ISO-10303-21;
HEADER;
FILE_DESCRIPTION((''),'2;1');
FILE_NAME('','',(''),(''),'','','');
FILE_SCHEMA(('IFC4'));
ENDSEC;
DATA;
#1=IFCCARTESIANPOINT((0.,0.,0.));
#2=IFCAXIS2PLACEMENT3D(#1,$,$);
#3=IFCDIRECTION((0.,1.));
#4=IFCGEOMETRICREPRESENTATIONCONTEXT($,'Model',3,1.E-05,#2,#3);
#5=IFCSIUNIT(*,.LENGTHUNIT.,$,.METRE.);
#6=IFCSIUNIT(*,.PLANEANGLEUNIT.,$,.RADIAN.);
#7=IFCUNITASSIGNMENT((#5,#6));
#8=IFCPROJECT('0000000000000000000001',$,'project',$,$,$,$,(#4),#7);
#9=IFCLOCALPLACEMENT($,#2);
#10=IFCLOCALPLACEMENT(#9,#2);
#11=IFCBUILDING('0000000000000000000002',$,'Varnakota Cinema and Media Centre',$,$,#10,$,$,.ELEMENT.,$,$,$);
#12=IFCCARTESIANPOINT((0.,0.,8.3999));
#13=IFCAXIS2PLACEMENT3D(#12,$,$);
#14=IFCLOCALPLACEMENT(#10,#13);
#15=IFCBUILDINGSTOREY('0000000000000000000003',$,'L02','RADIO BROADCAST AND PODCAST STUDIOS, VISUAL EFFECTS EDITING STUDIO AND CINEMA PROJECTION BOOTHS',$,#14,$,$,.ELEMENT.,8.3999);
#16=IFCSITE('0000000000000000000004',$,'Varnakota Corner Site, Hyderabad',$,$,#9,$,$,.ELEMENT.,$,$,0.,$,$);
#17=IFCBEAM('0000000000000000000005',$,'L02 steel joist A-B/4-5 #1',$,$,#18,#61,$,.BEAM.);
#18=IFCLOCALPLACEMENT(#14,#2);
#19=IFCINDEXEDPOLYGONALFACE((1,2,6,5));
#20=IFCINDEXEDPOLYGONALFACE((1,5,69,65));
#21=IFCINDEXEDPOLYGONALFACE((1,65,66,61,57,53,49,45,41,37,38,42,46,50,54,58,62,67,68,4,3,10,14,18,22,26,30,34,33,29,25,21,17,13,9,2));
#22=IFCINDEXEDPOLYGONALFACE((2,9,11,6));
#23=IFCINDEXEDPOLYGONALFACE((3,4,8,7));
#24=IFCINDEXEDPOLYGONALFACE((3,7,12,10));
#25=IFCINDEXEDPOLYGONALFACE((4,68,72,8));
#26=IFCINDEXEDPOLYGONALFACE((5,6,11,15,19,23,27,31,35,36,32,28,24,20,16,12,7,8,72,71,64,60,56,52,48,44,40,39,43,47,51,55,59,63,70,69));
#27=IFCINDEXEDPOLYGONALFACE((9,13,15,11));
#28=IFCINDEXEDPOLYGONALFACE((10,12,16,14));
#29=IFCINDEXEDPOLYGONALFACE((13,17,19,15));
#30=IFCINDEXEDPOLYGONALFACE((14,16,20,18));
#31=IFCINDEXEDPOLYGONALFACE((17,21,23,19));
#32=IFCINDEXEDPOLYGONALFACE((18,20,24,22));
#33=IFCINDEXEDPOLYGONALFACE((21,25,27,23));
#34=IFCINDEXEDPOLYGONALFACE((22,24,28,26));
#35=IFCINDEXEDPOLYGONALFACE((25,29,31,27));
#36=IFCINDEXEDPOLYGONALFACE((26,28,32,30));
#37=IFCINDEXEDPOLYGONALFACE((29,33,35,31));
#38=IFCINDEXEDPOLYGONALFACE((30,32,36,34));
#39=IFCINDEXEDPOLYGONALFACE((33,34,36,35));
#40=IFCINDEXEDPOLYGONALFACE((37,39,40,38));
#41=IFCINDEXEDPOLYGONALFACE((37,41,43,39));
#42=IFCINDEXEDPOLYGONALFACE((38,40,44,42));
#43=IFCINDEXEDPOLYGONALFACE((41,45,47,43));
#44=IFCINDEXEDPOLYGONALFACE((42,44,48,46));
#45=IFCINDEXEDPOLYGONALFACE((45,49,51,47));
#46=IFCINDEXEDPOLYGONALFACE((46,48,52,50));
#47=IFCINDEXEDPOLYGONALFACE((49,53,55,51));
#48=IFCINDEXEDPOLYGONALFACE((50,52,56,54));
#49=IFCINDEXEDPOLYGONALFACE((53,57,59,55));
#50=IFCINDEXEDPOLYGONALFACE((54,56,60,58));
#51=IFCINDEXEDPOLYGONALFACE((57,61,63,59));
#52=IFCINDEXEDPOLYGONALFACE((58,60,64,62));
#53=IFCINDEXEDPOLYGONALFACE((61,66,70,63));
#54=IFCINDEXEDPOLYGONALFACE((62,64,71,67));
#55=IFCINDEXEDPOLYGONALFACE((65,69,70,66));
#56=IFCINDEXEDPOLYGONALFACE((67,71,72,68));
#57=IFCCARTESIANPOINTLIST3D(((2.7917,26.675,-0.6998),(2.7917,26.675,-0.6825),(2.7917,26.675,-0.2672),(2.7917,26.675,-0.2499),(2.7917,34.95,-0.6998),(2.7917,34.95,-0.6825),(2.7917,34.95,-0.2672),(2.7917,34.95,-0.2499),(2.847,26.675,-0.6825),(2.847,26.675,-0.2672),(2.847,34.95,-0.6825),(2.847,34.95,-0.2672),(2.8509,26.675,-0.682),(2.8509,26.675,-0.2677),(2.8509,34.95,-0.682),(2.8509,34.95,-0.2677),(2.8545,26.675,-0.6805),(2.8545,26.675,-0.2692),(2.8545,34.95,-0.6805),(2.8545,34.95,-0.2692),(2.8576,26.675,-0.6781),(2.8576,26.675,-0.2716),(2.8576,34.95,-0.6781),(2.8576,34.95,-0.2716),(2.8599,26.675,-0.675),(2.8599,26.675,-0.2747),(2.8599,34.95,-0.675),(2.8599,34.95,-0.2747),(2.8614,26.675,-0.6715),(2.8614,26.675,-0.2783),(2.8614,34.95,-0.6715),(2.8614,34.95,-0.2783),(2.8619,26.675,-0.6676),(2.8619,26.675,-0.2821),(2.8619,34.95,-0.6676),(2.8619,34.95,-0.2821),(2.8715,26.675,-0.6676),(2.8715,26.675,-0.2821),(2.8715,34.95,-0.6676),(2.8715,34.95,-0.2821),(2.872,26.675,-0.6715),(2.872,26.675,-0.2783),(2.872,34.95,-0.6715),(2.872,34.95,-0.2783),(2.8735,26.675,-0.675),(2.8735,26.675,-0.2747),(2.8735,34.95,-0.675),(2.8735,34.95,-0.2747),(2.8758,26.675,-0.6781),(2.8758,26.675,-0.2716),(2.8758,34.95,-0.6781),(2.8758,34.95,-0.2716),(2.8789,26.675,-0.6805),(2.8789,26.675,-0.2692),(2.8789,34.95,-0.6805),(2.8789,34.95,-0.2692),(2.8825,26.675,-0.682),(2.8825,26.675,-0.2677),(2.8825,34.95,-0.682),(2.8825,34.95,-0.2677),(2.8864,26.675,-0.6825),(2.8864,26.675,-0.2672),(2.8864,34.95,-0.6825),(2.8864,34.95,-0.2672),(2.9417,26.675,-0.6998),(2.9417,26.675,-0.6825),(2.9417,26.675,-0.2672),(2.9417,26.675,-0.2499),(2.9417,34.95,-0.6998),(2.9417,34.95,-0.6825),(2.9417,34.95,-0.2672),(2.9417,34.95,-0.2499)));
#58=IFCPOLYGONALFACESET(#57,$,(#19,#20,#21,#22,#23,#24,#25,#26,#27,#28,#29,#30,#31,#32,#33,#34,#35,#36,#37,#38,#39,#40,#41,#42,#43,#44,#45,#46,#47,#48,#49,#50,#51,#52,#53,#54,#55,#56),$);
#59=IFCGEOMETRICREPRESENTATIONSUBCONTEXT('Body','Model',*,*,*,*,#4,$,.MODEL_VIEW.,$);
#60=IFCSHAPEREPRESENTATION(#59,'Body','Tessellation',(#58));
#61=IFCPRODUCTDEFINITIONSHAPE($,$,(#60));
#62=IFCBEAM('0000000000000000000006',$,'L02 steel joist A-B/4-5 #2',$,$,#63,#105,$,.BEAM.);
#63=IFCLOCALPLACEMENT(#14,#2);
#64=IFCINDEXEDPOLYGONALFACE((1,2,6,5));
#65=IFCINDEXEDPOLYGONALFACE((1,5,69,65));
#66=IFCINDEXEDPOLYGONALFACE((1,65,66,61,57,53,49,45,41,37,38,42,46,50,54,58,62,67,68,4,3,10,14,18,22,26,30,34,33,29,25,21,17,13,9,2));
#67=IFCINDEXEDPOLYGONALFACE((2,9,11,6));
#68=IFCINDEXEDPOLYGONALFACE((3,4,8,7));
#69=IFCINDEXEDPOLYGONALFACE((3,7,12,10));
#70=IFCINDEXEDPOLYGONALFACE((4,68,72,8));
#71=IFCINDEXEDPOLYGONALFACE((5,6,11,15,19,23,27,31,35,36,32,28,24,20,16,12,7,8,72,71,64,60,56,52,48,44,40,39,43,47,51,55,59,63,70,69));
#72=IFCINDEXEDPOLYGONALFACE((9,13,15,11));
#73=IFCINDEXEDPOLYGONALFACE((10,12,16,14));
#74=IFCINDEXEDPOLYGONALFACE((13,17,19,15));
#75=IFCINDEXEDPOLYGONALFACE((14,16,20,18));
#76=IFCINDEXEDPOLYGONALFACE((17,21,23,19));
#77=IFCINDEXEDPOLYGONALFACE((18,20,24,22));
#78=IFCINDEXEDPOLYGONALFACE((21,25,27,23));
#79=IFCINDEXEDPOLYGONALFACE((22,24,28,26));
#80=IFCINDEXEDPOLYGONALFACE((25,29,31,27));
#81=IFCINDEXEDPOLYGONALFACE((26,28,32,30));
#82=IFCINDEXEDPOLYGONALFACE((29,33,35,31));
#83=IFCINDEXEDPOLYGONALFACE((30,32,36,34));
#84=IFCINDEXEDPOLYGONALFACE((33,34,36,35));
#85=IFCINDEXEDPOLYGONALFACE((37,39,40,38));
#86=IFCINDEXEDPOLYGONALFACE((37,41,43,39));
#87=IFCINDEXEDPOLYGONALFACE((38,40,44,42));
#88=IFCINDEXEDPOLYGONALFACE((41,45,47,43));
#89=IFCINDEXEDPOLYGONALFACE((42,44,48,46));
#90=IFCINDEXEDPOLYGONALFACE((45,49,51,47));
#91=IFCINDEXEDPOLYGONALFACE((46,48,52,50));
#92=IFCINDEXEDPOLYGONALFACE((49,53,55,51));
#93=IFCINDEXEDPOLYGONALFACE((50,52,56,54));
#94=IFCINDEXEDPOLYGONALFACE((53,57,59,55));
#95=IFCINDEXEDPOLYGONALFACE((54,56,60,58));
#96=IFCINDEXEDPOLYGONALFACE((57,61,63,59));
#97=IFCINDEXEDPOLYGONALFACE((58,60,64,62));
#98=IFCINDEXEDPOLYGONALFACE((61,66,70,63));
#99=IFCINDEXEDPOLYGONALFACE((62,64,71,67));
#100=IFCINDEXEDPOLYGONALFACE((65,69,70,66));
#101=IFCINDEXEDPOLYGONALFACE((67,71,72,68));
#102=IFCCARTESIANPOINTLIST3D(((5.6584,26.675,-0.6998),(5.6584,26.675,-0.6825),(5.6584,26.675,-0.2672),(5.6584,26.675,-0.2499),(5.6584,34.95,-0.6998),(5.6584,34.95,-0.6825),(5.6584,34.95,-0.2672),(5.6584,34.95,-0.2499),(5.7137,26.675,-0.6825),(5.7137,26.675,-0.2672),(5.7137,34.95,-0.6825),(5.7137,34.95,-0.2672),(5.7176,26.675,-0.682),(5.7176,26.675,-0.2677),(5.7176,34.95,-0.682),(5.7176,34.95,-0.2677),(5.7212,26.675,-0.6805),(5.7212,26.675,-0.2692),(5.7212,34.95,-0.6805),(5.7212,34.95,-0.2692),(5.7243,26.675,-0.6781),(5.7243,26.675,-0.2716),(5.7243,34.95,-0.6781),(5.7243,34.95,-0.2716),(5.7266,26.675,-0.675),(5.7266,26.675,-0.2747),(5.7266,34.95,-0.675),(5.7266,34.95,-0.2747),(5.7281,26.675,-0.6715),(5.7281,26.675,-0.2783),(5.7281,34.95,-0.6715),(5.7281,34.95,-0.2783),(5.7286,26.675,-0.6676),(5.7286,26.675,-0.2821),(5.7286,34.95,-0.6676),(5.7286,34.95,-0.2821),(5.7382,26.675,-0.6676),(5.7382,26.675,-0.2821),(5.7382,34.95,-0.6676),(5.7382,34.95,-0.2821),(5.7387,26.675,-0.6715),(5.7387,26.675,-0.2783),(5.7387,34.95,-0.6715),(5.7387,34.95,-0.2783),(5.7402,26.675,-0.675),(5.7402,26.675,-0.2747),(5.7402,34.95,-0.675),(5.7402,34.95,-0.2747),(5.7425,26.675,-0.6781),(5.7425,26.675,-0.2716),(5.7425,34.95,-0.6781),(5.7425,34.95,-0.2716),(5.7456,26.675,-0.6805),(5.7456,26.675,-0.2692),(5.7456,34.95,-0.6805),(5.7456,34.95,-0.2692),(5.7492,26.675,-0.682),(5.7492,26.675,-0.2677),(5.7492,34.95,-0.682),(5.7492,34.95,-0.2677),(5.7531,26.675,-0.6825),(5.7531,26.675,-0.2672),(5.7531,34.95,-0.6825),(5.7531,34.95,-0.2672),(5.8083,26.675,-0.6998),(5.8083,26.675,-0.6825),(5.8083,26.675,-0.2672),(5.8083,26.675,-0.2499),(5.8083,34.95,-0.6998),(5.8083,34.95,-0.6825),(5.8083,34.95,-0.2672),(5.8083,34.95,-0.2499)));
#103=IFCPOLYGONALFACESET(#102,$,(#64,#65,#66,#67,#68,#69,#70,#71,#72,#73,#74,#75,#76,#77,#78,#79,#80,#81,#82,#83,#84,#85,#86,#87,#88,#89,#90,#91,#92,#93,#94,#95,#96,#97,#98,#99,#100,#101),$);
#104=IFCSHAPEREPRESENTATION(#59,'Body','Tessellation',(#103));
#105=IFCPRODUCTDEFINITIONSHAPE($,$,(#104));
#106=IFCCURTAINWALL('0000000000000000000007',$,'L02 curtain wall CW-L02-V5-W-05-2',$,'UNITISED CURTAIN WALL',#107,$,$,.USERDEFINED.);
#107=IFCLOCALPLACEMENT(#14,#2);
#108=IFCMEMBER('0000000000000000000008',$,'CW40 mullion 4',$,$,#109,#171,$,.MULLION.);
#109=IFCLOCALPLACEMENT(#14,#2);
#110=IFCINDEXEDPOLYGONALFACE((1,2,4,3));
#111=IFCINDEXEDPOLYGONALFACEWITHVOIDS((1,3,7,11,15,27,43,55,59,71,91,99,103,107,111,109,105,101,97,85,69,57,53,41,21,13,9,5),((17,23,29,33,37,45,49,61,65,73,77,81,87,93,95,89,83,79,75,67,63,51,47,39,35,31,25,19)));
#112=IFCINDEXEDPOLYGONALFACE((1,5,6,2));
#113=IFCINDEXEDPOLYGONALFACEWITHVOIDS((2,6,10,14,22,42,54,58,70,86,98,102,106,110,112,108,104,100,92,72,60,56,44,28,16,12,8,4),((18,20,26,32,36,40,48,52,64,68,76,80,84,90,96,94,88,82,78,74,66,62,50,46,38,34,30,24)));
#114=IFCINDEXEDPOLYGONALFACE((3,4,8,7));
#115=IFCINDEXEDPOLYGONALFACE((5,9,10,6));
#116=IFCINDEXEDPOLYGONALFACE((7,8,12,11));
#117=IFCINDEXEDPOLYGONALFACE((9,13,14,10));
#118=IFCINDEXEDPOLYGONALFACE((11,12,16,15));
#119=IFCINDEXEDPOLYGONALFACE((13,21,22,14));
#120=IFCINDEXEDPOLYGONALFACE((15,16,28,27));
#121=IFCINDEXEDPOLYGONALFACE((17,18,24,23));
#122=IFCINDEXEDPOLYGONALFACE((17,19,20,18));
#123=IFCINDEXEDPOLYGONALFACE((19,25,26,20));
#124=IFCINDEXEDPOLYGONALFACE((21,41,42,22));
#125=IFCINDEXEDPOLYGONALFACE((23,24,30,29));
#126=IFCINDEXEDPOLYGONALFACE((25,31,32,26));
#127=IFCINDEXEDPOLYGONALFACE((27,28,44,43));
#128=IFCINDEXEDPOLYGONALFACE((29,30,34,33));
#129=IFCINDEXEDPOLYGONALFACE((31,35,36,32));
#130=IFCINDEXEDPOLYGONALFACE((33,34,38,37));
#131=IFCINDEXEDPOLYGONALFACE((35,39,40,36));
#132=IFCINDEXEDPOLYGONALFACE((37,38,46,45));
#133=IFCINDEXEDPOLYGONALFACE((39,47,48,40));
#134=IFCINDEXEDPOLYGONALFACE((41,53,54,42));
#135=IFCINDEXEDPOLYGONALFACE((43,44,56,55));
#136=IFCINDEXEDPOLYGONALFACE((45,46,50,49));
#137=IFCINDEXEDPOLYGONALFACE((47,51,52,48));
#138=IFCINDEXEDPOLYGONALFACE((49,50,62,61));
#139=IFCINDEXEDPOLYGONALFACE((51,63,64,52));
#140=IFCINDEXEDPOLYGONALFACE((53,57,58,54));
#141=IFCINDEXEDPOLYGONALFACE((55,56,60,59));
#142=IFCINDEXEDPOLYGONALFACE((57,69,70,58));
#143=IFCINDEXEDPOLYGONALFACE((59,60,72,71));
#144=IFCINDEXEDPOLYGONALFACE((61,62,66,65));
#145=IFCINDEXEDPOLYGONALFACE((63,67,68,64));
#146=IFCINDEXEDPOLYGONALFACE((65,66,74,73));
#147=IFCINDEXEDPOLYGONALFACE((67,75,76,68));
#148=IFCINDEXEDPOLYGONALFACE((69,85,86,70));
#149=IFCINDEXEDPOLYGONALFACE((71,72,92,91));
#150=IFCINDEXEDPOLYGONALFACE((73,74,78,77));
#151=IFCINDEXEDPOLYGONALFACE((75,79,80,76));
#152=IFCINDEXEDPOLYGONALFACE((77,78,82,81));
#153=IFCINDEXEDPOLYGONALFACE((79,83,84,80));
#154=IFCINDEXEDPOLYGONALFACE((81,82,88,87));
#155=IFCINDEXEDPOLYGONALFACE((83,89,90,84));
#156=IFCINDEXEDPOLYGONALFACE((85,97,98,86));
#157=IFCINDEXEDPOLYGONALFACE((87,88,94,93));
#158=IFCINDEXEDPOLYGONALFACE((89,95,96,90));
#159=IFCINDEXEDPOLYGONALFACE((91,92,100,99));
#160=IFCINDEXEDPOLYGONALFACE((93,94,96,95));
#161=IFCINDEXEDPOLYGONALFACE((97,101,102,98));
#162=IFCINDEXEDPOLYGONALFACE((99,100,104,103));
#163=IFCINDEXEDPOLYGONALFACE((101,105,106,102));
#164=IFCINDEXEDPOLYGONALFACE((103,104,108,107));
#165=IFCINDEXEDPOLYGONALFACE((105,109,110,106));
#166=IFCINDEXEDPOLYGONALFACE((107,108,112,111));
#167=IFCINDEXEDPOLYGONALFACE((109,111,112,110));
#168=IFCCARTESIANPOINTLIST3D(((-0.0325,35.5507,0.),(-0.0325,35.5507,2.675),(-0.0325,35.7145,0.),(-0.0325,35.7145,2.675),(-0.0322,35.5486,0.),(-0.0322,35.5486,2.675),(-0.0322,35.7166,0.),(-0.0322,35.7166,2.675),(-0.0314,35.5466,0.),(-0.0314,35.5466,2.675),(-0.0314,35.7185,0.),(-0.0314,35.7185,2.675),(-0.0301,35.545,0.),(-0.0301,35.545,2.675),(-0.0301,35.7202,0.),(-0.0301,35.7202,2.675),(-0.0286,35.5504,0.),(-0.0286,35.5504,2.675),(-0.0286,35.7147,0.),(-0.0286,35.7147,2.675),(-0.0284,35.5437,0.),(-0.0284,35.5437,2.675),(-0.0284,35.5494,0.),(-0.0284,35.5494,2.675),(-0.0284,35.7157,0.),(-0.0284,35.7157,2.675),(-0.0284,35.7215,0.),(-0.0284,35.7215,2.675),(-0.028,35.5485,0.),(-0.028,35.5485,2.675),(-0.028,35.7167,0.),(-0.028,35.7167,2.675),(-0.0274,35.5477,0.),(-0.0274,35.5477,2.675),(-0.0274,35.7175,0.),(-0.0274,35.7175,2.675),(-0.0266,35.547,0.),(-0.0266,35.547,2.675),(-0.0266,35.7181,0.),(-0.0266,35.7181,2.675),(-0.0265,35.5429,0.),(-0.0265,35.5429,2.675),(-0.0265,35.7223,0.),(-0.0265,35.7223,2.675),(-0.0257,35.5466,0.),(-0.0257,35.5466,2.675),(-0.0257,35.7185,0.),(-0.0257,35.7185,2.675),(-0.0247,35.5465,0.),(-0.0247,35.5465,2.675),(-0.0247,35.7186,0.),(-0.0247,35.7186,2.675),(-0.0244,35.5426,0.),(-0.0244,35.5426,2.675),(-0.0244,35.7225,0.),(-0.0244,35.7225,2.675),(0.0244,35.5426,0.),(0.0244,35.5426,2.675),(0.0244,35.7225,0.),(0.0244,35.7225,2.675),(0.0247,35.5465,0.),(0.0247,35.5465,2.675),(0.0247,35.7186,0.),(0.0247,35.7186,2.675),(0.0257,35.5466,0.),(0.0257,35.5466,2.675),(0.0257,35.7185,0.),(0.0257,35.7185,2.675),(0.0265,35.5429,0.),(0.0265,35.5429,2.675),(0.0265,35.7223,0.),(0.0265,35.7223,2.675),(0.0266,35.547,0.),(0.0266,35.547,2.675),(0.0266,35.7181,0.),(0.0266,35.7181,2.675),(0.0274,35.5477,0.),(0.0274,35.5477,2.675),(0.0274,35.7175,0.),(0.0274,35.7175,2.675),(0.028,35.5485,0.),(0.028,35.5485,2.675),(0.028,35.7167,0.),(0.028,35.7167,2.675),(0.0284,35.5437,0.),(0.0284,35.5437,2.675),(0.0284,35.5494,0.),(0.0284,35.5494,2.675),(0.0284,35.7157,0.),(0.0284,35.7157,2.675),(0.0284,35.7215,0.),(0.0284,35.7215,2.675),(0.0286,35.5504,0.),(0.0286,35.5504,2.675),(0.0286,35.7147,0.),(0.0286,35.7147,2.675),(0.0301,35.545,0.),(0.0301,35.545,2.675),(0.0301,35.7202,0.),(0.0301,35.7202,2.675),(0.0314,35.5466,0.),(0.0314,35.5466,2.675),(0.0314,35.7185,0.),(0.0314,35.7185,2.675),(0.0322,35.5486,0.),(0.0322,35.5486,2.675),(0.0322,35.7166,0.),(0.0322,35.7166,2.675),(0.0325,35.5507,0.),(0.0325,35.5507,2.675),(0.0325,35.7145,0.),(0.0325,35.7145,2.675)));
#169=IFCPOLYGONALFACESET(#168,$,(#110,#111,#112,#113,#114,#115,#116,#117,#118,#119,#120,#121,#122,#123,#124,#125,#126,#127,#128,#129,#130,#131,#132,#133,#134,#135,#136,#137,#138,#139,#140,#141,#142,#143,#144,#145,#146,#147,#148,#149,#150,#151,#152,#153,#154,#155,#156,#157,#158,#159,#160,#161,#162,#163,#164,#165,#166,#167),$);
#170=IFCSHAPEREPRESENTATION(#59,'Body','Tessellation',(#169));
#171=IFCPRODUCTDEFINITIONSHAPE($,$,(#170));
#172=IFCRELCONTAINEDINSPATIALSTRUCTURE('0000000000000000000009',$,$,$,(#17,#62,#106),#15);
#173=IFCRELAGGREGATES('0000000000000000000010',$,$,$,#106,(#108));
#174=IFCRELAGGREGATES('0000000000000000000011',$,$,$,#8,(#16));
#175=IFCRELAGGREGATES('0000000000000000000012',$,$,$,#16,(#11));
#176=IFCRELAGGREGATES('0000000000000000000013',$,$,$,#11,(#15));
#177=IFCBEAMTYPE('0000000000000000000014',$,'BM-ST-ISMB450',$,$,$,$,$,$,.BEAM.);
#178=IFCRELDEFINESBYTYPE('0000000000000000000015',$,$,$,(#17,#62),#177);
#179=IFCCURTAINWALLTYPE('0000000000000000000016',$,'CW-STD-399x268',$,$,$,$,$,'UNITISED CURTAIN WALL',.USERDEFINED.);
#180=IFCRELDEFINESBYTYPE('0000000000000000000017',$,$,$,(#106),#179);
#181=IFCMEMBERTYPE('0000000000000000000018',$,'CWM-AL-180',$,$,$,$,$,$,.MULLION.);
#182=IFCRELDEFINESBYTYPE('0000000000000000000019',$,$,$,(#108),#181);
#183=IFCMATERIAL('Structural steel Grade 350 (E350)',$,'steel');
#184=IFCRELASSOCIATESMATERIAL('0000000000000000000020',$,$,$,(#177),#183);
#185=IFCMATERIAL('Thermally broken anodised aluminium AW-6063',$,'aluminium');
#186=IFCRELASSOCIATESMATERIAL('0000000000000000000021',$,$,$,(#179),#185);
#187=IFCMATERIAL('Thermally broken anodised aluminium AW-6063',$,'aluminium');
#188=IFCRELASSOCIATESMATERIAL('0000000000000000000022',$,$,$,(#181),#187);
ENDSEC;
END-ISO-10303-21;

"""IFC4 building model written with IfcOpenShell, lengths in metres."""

from ifc_helpers import new_model, si_unit, direction, frame, origin, origin_2d, place, context, subcontext, project, spatial, hollow_rectangle, i_section, extrude, material, material_profile, profile_set, type_object, element, aggregate, save


model = new_model("IFC4")

# Units and contexts
model_context = context("Model", 3, precision=1e-05, world=origin(), true_north=direction((0.0, 1.0)))
body_context = subcontext(model_context, "Body", "Model", "MODEL_VIEW")
ifc_project = project(units=[si_unit("LENGTHUNIT", "METRE"), si_unit("PLANEANGLEUNIT", "RADIAN")], contexts=[model_context])

# Site, building, storey
site_placement = place(None, origin())
site = spatial("IfcSite", under=ifc_project, at=site_placement, Name="Varnakota Corner Site, Hyderabad", CompositionType="ELEMENT", RefElevation=0.0)
building_placement = place(site_placement, origin())
building = spatial("IfcBuilding", under=site, at=building_placement, Name="Varnakota Cinema and Media Centre", CompositionType="ELEMENT")
storey_placement = place(building_placement, frame((0.0, 0.0, 8.3999)))
storey = spatial("IfcBuildingStorey", under=building, at=storey_placement, Name="L02", Description="RADIO BROADCAST AND PODCAST STUDIOS, VISUAL EFFECTS EDITING STUDIO AND CINEMA PROJECTION BOOTHS", CompositionType="ELEMENT", Elevation=8.3999)

# Beams
ifc_material_1 = material(Name="Structural steel Grade 350 (E350)", Category="steel")
ifc_material_profile_1 = material_profile(ifc_material_1, i_section(OverallWidth=0.1499, OverallDepth=0.45, WebThickness=0.0095, FlangeThickness=0.0173, FilletRadius=0.0149, at=origin_2d()), Name="ISMB 450")
ifc_profile_set_1 = profile_set([ifc_material_profile_1], Name="Structural steel Grade 350 (E350)")
beam_type_1 = type_object("IfcBeamType", Name="BM-ST-ISMB450", PredefinedType="BEAM", material=ifc_profile_set_1)
for number, where, z_axis, x_axis, name in (
    (1, (2.8667, 26.675, -0.4749), (0.0, 1.0, 0.0), (-1.0, 0.0, 0.0), "L02 steel joist A-B/4-5 #1"),
    (2, (5.7334, 26.675, -0.4749), (0.0, 1.0, 0.0), (-1.0, 0.0, 0.0), "L02 steel joist A-B/4-5 #2"),
):
    element("IfcBeam", number, at=place(storey_placement, frame(where, z_axis=z_axis, x_axis=x_axis)), inside=storey, type_object=beam_type_1, Name=name, PredefinedType="BEAM", context=body_context, shape_type="SweptSolid", body=[
        extrude(i_section(OverallWidth=0.1499, OverallDepth=0.45, WebThickness=0.0095, FlangeThickness=0.0173, FilletRadius=0.0149, at=origin_2d()), origin(), (0.0, 0.0, 1.0), 8.2749),
    ])

# Curtain wall, member
ifc_material_2 = material(Name="Thermally broken anodised aluminium AW-6063", Category="aluminium")
curtain_wall_type = type_object("IfcCurtainWallType", Name="CW-STD-399x268", ElementType="UNITISED CURTAIN WALL", PredefinedType="USERDEFINED", material=ifc_material_2)
curtain_wall_placement = place(storey_placement, origin())
curtain_wall = element("IfcCurtainWall", 3, at=curtain_wall_placement, inside=storey, type_object=curtain_wall_type, Name="L02 curtain wall CW-L02-V5-W-05-2", ObjectType="UNITISED CURTAIN WALL", PredefinedType="USERDEFINED")
ifc_material_3 = material(Name="Thermally broken anodised aluminium AW-6063", Category="aluminium")
ifc_material_profile_2 = material_profile(ifc_material_3, hollow_rectangle(XDim=0.0649, YDim=0.1799, WallThickness=0.0039, InnerFilletRadius=0.0039, OuterFilletRadius=0.0081, at=origin_2d()), Name="AL-MULLION 180x65x4")
ifc_profile_set_2 = profile_set([ifc_material_profile_2], Name="Thermally broken anodised aluminium AW-6063")
member_type_1 = type_object("IfcMemberType", Name="CWM-AL-180", PredefinedType="MULLION", material=ifc_profile_set_2)
member_1_placement = place(storey_placement, frame((0.0, 35.6326, 0.0), z_axis=(0.0, 0.0, 1.0), x_axis=(1.0, 0.0, 0.0)))
member_1 = element("IfcMember", 4, at=member_1_placement, type_object=member_type_1, Name="CW40 mullion 4", PredefinedType="MULLION", context=body_context, shape_type="SweptSolid", body=[
    extrude(hollow_rectangle(XDim=0.0649, YDim=0.1799, WallThickness=0.0039, InnerFilletRadius=0.0039, OuterFilletRadius=0.0081, at=origin_2d()), origin(), (0.0, 0.0, 1.0), 2.675),
])
aggregate(curtain_wall, [member_1])

save(model, "model.ifc")
